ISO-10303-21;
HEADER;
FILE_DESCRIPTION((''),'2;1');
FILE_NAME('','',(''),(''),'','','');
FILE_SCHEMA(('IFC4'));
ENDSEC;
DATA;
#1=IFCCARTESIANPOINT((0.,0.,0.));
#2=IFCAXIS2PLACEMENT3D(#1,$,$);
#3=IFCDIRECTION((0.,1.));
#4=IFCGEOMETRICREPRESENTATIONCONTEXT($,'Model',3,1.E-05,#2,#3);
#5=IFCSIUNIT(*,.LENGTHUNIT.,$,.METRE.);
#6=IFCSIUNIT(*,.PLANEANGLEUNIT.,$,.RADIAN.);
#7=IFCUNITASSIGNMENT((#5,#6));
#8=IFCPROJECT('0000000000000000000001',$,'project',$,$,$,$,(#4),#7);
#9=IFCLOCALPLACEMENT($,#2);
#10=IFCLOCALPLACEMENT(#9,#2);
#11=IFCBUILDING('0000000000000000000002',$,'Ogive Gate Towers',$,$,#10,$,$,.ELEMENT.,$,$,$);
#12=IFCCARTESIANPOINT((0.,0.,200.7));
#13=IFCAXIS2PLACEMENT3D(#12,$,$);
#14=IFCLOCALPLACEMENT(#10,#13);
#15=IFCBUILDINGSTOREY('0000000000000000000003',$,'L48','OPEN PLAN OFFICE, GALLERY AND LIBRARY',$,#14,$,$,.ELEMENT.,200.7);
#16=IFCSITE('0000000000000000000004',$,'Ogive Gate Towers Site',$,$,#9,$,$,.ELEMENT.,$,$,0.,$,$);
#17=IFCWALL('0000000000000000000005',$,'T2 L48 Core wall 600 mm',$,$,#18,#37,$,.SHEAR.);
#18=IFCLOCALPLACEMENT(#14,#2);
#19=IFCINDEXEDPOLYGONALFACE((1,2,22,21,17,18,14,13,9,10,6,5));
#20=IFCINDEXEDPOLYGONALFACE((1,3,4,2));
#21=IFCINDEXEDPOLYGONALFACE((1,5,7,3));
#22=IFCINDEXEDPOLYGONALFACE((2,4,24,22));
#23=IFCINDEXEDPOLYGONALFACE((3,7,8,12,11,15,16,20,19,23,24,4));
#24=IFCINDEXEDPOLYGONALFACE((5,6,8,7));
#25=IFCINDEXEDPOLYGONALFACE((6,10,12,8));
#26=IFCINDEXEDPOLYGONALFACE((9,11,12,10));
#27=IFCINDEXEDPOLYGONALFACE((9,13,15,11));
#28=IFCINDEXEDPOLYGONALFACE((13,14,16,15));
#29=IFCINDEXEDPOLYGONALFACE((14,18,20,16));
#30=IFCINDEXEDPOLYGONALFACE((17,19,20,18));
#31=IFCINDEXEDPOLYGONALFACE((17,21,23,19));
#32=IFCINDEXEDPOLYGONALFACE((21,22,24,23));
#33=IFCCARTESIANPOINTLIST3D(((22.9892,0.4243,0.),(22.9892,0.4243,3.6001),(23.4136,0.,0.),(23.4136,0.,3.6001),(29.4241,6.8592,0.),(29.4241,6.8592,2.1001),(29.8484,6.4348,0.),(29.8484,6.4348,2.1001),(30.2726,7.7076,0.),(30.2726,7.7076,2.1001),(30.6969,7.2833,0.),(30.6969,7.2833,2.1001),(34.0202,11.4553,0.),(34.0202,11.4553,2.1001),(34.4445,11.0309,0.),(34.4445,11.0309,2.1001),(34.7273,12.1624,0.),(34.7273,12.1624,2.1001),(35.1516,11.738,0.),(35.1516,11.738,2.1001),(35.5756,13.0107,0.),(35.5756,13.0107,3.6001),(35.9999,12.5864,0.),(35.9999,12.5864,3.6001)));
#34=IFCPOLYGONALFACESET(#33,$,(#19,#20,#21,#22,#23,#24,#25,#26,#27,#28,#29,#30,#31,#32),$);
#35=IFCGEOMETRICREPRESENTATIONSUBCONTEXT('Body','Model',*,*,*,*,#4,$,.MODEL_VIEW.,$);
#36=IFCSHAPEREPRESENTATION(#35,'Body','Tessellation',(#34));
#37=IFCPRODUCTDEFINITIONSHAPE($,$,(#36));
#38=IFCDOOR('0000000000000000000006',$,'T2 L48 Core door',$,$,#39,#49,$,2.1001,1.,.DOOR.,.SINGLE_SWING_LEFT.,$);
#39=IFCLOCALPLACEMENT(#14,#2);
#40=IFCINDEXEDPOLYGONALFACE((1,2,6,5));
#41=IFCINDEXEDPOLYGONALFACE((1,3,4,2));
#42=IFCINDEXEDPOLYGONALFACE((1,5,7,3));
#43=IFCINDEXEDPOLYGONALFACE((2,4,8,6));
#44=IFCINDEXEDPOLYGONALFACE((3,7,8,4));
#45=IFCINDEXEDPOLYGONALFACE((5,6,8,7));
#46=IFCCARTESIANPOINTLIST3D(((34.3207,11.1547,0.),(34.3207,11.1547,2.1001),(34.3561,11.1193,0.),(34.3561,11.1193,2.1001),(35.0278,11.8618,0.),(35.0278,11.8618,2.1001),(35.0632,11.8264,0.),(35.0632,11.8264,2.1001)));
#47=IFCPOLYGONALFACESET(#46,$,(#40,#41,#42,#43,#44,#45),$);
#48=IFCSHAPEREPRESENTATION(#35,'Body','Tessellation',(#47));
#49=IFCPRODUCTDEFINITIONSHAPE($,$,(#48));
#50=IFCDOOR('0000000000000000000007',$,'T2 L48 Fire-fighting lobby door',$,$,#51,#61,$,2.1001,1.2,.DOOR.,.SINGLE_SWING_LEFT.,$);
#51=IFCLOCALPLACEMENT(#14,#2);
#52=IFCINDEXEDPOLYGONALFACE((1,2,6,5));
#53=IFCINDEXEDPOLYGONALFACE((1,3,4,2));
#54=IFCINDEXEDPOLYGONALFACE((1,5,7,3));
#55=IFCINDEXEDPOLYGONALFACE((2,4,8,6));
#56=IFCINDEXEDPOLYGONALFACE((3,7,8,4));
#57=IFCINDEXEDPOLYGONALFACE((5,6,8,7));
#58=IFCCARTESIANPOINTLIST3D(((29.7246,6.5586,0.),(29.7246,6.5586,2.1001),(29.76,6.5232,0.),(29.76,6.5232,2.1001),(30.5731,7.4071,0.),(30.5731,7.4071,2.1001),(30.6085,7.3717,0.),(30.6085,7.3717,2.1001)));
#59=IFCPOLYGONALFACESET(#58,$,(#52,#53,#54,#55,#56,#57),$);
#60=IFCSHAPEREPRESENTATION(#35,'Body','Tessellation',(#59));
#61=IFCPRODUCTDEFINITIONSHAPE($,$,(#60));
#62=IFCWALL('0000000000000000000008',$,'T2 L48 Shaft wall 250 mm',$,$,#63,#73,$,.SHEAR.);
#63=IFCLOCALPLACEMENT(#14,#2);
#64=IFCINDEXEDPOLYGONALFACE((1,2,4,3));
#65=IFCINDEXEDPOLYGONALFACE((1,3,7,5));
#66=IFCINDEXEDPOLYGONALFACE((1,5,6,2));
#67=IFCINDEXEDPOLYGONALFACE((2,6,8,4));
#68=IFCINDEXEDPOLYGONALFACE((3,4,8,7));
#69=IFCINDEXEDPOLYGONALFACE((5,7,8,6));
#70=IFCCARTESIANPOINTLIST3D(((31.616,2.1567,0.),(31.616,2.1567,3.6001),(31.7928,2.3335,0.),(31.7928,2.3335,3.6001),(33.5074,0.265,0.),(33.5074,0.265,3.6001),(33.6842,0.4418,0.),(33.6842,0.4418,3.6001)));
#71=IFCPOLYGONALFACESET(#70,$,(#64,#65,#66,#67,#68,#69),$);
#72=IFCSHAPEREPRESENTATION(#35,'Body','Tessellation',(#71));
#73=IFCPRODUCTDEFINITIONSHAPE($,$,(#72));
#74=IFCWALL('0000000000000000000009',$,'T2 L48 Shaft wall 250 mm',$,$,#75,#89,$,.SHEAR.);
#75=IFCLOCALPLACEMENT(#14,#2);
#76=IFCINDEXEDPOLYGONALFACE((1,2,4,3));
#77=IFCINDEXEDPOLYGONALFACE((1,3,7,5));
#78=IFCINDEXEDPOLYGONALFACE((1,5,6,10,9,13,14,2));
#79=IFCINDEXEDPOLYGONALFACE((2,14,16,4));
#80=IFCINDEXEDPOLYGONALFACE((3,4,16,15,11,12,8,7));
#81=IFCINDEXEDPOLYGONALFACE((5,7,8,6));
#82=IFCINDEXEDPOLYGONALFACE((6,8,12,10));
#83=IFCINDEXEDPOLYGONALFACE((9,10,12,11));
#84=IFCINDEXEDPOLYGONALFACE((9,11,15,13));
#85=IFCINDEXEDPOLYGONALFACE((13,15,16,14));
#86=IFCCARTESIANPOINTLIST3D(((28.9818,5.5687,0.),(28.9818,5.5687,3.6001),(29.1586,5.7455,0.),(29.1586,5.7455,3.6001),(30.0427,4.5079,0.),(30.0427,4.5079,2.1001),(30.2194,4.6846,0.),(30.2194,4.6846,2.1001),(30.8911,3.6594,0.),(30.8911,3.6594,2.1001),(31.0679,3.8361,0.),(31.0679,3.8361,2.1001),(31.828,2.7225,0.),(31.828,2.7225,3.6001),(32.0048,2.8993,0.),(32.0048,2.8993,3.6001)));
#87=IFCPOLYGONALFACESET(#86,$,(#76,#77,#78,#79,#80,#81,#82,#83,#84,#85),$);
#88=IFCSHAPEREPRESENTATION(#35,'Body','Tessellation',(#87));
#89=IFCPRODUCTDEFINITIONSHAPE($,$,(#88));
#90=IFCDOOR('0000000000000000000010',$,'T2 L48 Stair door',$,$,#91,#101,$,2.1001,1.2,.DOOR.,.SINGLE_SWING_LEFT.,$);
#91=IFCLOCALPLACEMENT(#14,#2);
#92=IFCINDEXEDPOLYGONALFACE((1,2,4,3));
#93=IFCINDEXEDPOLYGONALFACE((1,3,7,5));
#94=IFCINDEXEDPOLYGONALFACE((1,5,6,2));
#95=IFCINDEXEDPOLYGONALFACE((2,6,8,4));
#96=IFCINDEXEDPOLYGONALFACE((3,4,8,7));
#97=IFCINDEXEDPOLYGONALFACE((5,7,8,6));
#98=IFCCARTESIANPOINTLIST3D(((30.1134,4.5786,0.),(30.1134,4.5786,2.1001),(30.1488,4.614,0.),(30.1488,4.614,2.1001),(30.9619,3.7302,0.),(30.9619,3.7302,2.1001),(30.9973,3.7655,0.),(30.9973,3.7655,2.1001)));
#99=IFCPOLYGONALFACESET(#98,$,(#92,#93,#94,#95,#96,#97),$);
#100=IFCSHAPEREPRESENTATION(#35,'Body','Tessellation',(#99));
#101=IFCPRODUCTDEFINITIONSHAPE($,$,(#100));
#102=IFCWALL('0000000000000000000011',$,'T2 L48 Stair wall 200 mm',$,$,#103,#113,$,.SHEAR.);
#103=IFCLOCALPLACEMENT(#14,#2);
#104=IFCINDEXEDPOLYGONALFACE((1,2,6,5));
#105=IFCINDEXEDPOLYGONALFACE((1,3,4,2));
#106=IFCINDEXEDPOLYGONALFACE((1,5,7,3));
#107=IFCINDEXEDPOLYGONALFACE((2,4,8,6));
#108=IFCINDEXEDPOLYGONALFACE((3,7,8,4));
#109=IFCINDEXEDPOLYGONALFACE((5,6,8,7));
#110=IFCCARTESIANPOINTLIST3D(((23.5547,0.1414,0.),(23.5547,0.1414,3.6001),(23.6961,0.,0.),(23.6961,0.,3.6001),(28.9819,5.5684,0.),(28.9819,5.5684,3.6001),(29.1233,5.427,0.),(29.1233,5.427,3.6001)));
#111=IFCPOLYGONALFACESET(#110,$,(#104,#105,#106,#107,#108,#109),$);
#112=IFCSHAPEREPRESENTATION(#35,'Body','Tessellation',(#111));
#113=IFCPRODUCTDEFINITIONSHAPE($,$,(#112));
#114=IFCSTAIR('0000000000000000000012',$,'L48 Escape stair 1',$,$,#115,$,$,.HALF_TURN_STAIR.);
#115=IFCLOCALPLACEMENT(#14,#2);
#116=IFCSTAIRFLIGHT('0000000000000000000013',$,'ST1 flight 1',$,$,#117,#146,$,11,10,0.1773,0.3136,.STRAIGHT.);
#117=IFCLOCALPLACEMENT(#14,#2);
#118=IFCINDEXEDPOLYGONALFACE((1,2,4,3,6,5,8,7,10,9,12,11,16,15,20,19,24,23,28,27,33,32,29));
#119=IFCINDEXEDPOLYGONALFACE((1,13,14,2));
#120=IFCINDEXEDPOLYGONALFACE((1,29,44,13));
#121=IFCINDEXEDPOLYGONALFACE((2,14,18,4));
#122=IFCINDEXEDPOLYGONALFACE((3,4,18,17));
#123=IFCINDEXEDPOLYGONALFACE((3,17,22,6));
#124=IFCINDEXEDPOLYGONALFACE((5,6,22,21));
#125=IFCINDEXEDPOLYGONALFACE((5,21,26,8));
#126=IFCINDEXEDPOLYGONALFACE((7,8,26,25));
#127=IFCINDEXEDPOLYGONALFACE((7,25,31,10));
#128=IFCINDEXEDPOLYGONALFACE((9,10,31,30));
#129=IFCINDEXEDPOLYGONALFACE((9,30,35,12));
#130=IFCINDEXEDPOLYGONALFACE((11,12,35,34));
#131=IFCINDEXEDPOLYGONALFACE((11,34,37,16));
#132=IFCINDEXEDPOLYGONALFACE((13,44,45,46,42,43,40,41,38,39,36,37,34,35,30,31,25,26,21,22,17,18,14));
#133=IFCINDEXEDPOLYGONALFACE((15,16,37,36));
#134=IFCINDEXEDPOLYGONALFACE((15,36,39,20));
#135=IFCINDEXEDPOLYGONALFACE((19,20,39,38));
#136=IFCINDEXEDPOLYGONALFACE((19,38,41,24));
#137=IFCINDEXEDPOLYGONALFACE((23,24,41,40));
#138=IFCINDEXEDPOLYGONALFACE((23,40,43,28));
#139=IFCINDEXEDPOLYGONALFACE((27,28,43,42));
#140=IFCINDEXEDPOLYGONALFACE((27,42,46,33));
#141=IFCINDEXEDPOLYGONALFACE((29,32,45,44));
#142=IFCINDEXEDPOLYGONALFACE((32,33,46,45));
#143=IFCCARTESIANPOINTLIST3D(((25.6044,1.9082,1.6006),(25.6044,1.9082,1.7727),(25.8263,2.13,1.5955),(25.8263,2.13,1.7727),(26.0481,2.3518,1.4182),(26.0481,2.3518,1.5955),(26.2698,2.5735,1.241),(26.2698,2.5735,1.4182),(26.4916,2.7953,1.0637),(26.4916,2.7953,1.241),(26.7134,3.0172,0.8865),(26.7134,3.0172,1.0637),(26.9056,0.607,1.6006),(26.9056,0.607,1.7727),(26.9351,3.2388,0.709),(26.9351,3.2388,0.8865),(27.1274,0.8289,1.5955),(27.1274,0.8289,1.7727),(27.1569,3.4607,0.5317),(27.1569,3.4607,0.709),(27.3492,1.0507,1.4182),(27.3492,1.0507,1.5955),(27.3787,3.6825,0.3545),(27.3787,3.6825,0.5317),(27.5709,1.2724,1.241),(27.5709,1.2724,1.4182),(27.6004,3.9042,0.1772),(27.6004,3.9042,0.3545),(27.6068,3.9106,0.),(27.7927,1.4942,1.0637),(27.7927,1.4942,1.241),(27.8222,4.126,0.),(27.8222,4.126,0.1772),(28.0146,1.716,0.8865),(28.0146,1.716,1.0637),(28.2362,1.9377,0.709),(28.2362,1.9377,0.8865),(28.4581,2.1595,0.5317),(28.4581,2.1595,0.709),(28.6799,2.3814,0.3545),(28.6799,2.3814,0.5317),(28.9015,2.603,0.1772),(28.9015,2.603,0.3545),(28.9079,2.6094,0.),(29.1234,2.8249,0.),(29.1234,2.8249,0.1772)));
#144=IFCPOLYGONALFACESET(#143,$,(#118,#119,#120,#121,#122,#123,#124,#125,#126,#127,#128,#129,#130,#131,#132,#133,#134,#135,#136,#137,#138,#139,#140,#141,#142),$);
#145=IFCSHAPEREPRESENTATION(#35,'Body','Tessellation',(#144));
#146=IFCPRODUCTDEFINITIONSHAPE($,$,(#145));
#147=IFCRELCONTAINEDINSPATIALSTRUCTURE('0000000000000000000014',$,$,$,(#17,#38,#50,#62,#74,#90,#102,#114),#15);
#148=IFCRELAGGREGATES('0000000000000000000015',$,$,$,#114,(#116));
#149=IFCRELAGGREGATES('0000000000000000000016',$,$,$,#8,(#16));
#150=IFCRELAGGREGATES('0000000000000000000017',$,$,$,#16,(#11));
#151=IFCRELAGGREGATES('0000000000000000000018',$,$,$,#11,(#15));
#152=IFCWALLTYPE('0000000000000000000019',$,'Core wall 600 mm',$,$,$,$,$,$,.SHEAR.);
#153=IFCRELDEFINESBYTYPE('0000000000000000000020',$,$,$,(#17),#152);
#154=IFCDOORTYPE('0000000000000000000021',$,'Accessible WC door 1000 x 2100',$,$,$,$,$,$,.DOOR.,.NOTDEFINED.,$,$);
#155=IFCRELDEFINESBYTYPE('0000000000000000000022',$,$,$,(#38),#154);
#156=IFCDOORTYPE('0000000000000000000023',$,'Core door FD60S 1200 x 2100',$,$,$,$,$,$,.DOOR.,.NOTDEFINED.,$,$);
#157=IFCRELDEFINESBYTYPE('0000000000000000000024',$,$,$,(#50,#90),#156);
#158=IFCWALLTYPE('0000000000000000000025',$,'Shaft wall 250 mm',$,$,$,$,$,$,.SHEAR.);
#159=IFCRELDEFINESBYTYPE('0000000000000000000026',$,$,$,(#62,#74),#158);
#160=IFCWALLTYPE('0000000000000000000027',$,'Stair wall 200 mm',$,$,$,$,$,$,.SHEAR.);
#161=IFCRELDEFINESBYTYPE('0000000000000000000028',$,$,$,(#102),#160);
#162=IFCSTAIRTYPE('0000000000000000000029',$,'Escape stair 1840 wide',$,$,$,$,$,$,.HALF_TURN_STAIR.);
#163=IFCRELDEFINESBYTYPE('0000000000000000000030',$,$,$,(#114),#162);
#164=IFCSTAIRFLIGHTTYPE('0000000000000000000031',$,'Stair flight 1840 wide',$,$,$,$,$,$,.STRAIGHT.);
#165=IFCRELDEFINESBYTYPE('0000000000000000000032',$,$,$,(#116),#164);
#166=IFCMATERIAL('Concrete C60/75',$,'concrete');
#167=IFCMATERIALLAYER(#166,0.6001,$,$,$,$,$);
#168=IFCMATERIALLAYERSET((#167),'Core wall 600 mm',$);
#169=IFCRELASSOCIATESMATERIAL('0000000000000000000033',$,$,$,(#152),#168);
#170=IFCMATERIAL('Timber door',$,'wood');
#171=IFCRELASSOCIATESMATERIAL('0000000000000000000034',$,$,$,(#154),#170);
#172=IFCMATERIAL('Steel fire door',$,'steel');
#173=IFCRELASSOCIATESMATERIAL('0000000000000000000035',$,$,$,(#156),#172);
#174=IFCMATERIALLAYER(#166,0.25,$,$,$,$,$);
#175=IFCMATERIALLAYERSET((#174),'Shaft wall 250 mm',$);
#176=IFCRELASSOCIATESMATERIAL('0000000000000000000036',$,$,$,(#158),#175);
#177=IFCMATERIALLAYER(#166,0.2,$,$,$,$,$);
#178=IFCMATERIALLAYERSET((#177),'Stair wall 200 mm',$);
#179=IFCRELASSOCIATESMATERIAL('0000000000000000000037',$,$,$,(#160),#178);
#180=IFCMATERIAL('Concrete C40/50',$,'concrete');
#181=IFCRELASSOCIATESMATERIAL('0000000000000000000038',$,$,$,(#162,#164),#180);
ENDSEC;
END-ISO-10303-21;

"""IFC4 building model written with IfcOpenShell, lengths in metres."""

from ifc_helpers import new_model, si_unit, direction, frame, frame_2d, origin, place, context, subcontext, project, spatial, polyline, rectangle, outline, extrude, material, layer, layer_set, type_object, element, fill, aggregate, save


model = new_model("IFC4")

# Units and contexts
model_context = context("Model", 3, precision=1e-05, world=origin(), true_north=direction((0.0, 1.0)))
body_context = subcontext(model_context, "Body", "Model", "MODEL_VIEW")
ifc_project = project(units=[si_unit("LENGTHUNIT", "METRE"), si_unit("PLANEANGLEUNIT", "RADIAN")], contexts=[model_context])

# Site, building, storey
site_placement = place(None, origin())
site = spatial("IfcSite", under=ifc_project, at=site_placement, Name="Ogive Gate Towers Site", CompositionType="ELEMENT", RefElevation=0.0)
building_placement = place(site_placement, origin())
building = spatial("IfcBuilding", under=site, at=building_placement, Name="Ogive Gate Towers", CompositionType="ELEMENT")
storey_placement = place(building_placement, frame((0.0, 0.0, 200.7)))
storey = spatial("IfcBuildingStorey", under=building, at=storey_placement, Name="L48", Description="OPEN PLAN OFFICE, GALLERY AND LIBRARY", CompositionType="ELEMENT", Elevation=200.7)

# Shared definitions
ifc_material_1 = material(Name="Concrete C40/50", Category="concrete")

# Shared definitions
ifc_material_2 = material(Name="Timber door", Category="wood")

# Wall, openings, doors
ifc_material_3 = material(Name="Concrete C60/75", Category="concrete")
ifc_layer_1 = layer(ifc_material_3, 0.6001)
ifc_layer_set_1 = layer_set([ifc_layer_1], Name="Core wall 600 mm")
wall_type_1 = type_object("IfcWallType", Name="Core wall 600 mm", PredefinedType="SHEAR", material=ifc_layer_set_1)
wall_1_placement = place(storey_placement, frame((23.2014, 0.2122, 0.0), z_axis=(0.0, 0.0, 1.0), x_axis=(0.707107, 0.707107, 0.0)))
wall_1 = element("IfcWall", 1, at=wall_1_placement, inside=storey, type_object=wall_type_1, Name="T2 L48 Core wall 600 mm", PredefinedType="SHEAR", context=body_context, shape_type="SweptSolid", body=[
    extrude(rectangle(XDim=17.7998, YDim=0.6001, at=frame_2d((8.8999, 0.0))), origin(), (0.0, 0.0, 1.0), 3.6001),
])
opening_1_placement = place(wall_1_placement, frame((9.1001, 0.0, 0.0)))
opening_1 = element("IfcOpeningElement", 2, at=opening_1_placement, cuts=wall_1, PredefinedType="OPENING", context=body_context, shape_type="SweptSolid", body=[
    extrude(rectangle(XDim=1.2, YDim=2.1001, at=frame_2d((0.6001, 1.05))), frame((0.0, 0.3101, 0.0), z_axis=(0.0, -1.0, 0.0), x_axis=(1.0, 0.0, 0.0)), (0.0, 0.0, 1.0), 0.6201),
])
opening_2_placement = place(wall_1_placement, frame((15.6001, 0.0, 0.0)))
opening_2 = element("IfcOpeningElement", 3, at=opening_2_placement, cuts=wall_1, PredefinedType="OPENING", context=body_context, shape_type="SweptSolid", body=[
    extrude(rectangle(XDim=1.0, YDim=2.1001, at=frame_2d((0.5, 1.05))), frame((0.0, 0.3101, 0.0), z_axis=(0.0, -1.0, 0.0), x_axis=(1.0, 0.0, 0.0)), (0.0, 0.0, 1.0), 0.6201),
])
door_type_1 = type_object("IfcDoorType", Name="Accessible WC door 1000 x 2100", OperationType="NOTDEFINED", PredefinedType="DOOR", material=ifc_material_2)
door_1_placement = place(opening_2_placement, origin())
door_1 = element("IfcDoor", 4, at=door_1_placement, inside=storey, type_object=door_type_1, Name="T2 L48 Core door", OperationType="SINGLE_SWING_LEFT", OverallHeight=2.1001, OverallWidth=1.0, PredefinedType="DOOR", context=body_context, shape_type="SweptSolid", body=[
    extrude(rectangle(XDim=1.0, YDim=2.1001, at=frame_2d((0.5, 1.05))), frame((0.0, -0.125, 0.0), z_axis=(0.0, -1.0, 0.0), x_axis=(1.0, 0.0, 0.0)), (0.0, 0.0, 1.0), 0.05),
])
fill(opening_2, door_1)
ifc_material_4 = material(Name="Steel fire door", Category="steel")
door_type_2 = type_object("IfcDoorType", Name="Core door FD60S 1200 x 2100", OperationType="NOTDEFINED", PredefinedType="DOOR", material=ifc_material_4)
door_2_placement = place(opening_1_placement, origin())
door_2 = element("IfcDoor", 5, at=door_2_placement, inside=storey, type_object=door_type_2, Name="T2 L48 Fire-fighting lobby door", OperationType="SINGLE_SWING_LEFT", OverallHeight=2.1001, OverallWidth=1.2, PredefinedType="DOOR", context=body_context, shape_type="SweptSolid", body=[
    extrude(rectangle(XDim=1.2, YDim=2.1001, at=frame_2d((0.6001, 1.05))), frame((0.0, -0.125, 0.0), z_axis=(0.0, -1.0, 0.0), x_axis=(1.0, 0.0, 0.0)), (0.0, 0.0, 1.0), 0.05),
])
fill(opening_1, door_2)

# Wall
ifc_layer_2 = layer(ifc_material_3, 0.25)
ifc_layer_set_2 = layer_set([ifc_layer_2], Name="Shaft wall 250 mm")
wall_type_2 = type_object("IfcWallType", Name="Shaft wall 250 mm", PredefinedType="SHEAR", material=ifc_layer_set_2)
wall_2_placement = place(storey_placement, frame((33.5957, 0.3535, 0.0), z_axis=(0.0, 0.0, 1.0), x_axis=(-0.707061, 0.707152, 0.0)))
element("IfcWall", 6, at=wall_2_placement, inside=storey, type_object=wall_type_2, Name="T2 L48 Shaft wall 250 mm", PredefinedType="SHEAR", context=body_context, shape_type="SweptSolid", body=[
    extrude(rectangle(XDim=2.675, YDim=0.25, at=frame_2d((1.3374, 0.0))), origin(), (0.0, 0.0, 1.0), 3.6001),
])

# Wall, opening, door
wall_3_placement = place(storey_placement, frame((31.9165, 2.8108, 0.0), z_axis=(0.0, 0.0, 1.0), x_axis=(-0.707107, 0.707107, 0.0)))
wall_3 = element("IfcWall", 7, at=wall_3_placement, inside=storey, type_object=wall_type_2, Name="T2 L48 Shaft wall 250 mm", PredefinedType="SHEAR", context=body_context, shape_type="SweptSolid", body=[
    extrude(rectangle(XDim=4.0251, YDim=0.25, at=frame_2d((2.0127, 0.0))), origin(), (0.0, 0.0, 1.0), 3.6001),
])
opening_3_placement = place(wall_3_placement, frame((1.325, 0.0, 0.0)))
opening_3 = element("IfcOpeningElement", 8, at=opening_3_placement, cuts=wall_3, PredefinedType="OPENING", context=body_context, shape_type="SweptSolid", body=[
    extrude(rectangle(XDim=1.2, YDim=2.1001, at=frame_2d((0.6001, 1.05))), frame((0.0, 0.135, 0.0), z_axis=(0.0, -1.0, 0.0), x_axis=(1.0, 0.0, 0.0)), (0.0, 0.0, 1.0), 0.27),
])
door_3_placement = place(opening_3_placement, origin())
door_3 = element("IfcDoor", 9, at=door_3_placement, inside=storey, type_object=door_type_2, Name="T2 L48 Stair door", OperationType="SINGLE_SWING_LEFT", OverallHeight=2.1001, OverallWidth=1.2, PredefinedType="DOOR", context=body_context, shape_type="SweptSolid", body=[
    extrude(rectangle(XDim=1.2, YDim=2.1001, at=frame_2d((0.6001, 1.05))), frame((0.0, 0.0249, 0.0), z_axis=(0.0, -1.0, 0.0), x_axis=(1.0, 0.0, 0.0)), (0.0, 0.0, 1.0), 0.05),
])
fill(opening_3, door_3)

# Wall
ifc_layer_3 = layer(ifc_material_3, 0.2)
ifc_layer_set_3 = layer_set([ifc_layer_3], Name="Stair wall 200 mm")
wall_type_3 = type_object("IfcWallType", Name="Stair wall 200 mm", PredefinedType="SHEAR", material=ifc_layer_set_3)
wall_4_placement = place(storey_placement, frame((23.6255, 0.0708, 0.0), z_axis=(0.0, 0.0, 1.0), x_axis=(0.707123, 0.707091, 0.0)))
element("IfcWall", 10, at=wall_4_placement, inside=storey, type_object=wall_type_3, Name="T2 L48 Stair wall 200 mm", PredefinedType="SHEAR", context=body_context, shape_type="SweptSolid", body=[
    extrude(rectangle(XDim=7.675, YDim=0.2, at=frame_2d((3.8374, 0.0))), origin(), (0.0, 0.0, 1.0), 3.6001),
])

# Stair, stair flight
stair_type = type_object("IfcStairType", Name="Escape stair 1840 wide", PredefinedType="HALF_TURN_STAIR", material=ifc_material_1)
stair_placement = place(storey_placement, origin())
stair = element("IfcStair", 11, at=stair_placement, inside=storey, type_object=stair_type, Name="L48 Escape stair 1", PredefinedType="HALF_TURN_STAIR")
stair_flight_type = type_object("IfcStairFlightType", Name="Stair flight 1840 wide", PredefinedType="STRAIGHT", material=ifc_material_1)
stair_flight_placement = place(storey_placement, frame((28.4729, 3.4753, 0.0), z_axis=(0.0, 0.0, 1.0), x_axis=(-0.707107, -0.707107, 0.0)))
stair_flight = element("IfcStairFlight", 12, at=stair_flight_placement, type_object=stair_flight_type, Name="ST1 flight 1", NumberOfRisers=11, NumberOfTreads=10, PredefinedType="STRAIGHT", RiserHeight=0.1773, TreadLength=0.3136, context=body_context, shape_type="SweptSolid", body=[
    extrude(outline(polyline([(0.0, 0.0), (0.0, 0.1772), (0.3137, 0.1772), (0.3137, 0.3545), (0.6272, 0.3545), (0.6272, 0.5317), (0.9409, 0.5317), (0.9409, 0.709), (1.2546, 0.709), (1.2546, 0.8865), (1.5681, 0.8865), (1.5681, 1.0637), (1.8818, 1.0637), (1.8818, 1.241), (2.1956, 1.241), (2.1956, 1.4182), (2.509, 1.4182), (2.509, 1.5955), (2.8228, 1.5955), (2.8228, 1.7727), (3.1365, 1.7727), (3.1365, 1.95), (3.1365, 1.6006), (0.3047, 0.0), (0.0, 0.0)])), frame((0.0, 0.9199, 0.0), z_axis=(0.0, -1.0, 0.0), x_axis=(1.0, 0.0, 0.0)), (0.0, 0.0, 1.0), 1.8401),
])
aggregate(stair, [stair_flight])

save(model, "model.ifc")
